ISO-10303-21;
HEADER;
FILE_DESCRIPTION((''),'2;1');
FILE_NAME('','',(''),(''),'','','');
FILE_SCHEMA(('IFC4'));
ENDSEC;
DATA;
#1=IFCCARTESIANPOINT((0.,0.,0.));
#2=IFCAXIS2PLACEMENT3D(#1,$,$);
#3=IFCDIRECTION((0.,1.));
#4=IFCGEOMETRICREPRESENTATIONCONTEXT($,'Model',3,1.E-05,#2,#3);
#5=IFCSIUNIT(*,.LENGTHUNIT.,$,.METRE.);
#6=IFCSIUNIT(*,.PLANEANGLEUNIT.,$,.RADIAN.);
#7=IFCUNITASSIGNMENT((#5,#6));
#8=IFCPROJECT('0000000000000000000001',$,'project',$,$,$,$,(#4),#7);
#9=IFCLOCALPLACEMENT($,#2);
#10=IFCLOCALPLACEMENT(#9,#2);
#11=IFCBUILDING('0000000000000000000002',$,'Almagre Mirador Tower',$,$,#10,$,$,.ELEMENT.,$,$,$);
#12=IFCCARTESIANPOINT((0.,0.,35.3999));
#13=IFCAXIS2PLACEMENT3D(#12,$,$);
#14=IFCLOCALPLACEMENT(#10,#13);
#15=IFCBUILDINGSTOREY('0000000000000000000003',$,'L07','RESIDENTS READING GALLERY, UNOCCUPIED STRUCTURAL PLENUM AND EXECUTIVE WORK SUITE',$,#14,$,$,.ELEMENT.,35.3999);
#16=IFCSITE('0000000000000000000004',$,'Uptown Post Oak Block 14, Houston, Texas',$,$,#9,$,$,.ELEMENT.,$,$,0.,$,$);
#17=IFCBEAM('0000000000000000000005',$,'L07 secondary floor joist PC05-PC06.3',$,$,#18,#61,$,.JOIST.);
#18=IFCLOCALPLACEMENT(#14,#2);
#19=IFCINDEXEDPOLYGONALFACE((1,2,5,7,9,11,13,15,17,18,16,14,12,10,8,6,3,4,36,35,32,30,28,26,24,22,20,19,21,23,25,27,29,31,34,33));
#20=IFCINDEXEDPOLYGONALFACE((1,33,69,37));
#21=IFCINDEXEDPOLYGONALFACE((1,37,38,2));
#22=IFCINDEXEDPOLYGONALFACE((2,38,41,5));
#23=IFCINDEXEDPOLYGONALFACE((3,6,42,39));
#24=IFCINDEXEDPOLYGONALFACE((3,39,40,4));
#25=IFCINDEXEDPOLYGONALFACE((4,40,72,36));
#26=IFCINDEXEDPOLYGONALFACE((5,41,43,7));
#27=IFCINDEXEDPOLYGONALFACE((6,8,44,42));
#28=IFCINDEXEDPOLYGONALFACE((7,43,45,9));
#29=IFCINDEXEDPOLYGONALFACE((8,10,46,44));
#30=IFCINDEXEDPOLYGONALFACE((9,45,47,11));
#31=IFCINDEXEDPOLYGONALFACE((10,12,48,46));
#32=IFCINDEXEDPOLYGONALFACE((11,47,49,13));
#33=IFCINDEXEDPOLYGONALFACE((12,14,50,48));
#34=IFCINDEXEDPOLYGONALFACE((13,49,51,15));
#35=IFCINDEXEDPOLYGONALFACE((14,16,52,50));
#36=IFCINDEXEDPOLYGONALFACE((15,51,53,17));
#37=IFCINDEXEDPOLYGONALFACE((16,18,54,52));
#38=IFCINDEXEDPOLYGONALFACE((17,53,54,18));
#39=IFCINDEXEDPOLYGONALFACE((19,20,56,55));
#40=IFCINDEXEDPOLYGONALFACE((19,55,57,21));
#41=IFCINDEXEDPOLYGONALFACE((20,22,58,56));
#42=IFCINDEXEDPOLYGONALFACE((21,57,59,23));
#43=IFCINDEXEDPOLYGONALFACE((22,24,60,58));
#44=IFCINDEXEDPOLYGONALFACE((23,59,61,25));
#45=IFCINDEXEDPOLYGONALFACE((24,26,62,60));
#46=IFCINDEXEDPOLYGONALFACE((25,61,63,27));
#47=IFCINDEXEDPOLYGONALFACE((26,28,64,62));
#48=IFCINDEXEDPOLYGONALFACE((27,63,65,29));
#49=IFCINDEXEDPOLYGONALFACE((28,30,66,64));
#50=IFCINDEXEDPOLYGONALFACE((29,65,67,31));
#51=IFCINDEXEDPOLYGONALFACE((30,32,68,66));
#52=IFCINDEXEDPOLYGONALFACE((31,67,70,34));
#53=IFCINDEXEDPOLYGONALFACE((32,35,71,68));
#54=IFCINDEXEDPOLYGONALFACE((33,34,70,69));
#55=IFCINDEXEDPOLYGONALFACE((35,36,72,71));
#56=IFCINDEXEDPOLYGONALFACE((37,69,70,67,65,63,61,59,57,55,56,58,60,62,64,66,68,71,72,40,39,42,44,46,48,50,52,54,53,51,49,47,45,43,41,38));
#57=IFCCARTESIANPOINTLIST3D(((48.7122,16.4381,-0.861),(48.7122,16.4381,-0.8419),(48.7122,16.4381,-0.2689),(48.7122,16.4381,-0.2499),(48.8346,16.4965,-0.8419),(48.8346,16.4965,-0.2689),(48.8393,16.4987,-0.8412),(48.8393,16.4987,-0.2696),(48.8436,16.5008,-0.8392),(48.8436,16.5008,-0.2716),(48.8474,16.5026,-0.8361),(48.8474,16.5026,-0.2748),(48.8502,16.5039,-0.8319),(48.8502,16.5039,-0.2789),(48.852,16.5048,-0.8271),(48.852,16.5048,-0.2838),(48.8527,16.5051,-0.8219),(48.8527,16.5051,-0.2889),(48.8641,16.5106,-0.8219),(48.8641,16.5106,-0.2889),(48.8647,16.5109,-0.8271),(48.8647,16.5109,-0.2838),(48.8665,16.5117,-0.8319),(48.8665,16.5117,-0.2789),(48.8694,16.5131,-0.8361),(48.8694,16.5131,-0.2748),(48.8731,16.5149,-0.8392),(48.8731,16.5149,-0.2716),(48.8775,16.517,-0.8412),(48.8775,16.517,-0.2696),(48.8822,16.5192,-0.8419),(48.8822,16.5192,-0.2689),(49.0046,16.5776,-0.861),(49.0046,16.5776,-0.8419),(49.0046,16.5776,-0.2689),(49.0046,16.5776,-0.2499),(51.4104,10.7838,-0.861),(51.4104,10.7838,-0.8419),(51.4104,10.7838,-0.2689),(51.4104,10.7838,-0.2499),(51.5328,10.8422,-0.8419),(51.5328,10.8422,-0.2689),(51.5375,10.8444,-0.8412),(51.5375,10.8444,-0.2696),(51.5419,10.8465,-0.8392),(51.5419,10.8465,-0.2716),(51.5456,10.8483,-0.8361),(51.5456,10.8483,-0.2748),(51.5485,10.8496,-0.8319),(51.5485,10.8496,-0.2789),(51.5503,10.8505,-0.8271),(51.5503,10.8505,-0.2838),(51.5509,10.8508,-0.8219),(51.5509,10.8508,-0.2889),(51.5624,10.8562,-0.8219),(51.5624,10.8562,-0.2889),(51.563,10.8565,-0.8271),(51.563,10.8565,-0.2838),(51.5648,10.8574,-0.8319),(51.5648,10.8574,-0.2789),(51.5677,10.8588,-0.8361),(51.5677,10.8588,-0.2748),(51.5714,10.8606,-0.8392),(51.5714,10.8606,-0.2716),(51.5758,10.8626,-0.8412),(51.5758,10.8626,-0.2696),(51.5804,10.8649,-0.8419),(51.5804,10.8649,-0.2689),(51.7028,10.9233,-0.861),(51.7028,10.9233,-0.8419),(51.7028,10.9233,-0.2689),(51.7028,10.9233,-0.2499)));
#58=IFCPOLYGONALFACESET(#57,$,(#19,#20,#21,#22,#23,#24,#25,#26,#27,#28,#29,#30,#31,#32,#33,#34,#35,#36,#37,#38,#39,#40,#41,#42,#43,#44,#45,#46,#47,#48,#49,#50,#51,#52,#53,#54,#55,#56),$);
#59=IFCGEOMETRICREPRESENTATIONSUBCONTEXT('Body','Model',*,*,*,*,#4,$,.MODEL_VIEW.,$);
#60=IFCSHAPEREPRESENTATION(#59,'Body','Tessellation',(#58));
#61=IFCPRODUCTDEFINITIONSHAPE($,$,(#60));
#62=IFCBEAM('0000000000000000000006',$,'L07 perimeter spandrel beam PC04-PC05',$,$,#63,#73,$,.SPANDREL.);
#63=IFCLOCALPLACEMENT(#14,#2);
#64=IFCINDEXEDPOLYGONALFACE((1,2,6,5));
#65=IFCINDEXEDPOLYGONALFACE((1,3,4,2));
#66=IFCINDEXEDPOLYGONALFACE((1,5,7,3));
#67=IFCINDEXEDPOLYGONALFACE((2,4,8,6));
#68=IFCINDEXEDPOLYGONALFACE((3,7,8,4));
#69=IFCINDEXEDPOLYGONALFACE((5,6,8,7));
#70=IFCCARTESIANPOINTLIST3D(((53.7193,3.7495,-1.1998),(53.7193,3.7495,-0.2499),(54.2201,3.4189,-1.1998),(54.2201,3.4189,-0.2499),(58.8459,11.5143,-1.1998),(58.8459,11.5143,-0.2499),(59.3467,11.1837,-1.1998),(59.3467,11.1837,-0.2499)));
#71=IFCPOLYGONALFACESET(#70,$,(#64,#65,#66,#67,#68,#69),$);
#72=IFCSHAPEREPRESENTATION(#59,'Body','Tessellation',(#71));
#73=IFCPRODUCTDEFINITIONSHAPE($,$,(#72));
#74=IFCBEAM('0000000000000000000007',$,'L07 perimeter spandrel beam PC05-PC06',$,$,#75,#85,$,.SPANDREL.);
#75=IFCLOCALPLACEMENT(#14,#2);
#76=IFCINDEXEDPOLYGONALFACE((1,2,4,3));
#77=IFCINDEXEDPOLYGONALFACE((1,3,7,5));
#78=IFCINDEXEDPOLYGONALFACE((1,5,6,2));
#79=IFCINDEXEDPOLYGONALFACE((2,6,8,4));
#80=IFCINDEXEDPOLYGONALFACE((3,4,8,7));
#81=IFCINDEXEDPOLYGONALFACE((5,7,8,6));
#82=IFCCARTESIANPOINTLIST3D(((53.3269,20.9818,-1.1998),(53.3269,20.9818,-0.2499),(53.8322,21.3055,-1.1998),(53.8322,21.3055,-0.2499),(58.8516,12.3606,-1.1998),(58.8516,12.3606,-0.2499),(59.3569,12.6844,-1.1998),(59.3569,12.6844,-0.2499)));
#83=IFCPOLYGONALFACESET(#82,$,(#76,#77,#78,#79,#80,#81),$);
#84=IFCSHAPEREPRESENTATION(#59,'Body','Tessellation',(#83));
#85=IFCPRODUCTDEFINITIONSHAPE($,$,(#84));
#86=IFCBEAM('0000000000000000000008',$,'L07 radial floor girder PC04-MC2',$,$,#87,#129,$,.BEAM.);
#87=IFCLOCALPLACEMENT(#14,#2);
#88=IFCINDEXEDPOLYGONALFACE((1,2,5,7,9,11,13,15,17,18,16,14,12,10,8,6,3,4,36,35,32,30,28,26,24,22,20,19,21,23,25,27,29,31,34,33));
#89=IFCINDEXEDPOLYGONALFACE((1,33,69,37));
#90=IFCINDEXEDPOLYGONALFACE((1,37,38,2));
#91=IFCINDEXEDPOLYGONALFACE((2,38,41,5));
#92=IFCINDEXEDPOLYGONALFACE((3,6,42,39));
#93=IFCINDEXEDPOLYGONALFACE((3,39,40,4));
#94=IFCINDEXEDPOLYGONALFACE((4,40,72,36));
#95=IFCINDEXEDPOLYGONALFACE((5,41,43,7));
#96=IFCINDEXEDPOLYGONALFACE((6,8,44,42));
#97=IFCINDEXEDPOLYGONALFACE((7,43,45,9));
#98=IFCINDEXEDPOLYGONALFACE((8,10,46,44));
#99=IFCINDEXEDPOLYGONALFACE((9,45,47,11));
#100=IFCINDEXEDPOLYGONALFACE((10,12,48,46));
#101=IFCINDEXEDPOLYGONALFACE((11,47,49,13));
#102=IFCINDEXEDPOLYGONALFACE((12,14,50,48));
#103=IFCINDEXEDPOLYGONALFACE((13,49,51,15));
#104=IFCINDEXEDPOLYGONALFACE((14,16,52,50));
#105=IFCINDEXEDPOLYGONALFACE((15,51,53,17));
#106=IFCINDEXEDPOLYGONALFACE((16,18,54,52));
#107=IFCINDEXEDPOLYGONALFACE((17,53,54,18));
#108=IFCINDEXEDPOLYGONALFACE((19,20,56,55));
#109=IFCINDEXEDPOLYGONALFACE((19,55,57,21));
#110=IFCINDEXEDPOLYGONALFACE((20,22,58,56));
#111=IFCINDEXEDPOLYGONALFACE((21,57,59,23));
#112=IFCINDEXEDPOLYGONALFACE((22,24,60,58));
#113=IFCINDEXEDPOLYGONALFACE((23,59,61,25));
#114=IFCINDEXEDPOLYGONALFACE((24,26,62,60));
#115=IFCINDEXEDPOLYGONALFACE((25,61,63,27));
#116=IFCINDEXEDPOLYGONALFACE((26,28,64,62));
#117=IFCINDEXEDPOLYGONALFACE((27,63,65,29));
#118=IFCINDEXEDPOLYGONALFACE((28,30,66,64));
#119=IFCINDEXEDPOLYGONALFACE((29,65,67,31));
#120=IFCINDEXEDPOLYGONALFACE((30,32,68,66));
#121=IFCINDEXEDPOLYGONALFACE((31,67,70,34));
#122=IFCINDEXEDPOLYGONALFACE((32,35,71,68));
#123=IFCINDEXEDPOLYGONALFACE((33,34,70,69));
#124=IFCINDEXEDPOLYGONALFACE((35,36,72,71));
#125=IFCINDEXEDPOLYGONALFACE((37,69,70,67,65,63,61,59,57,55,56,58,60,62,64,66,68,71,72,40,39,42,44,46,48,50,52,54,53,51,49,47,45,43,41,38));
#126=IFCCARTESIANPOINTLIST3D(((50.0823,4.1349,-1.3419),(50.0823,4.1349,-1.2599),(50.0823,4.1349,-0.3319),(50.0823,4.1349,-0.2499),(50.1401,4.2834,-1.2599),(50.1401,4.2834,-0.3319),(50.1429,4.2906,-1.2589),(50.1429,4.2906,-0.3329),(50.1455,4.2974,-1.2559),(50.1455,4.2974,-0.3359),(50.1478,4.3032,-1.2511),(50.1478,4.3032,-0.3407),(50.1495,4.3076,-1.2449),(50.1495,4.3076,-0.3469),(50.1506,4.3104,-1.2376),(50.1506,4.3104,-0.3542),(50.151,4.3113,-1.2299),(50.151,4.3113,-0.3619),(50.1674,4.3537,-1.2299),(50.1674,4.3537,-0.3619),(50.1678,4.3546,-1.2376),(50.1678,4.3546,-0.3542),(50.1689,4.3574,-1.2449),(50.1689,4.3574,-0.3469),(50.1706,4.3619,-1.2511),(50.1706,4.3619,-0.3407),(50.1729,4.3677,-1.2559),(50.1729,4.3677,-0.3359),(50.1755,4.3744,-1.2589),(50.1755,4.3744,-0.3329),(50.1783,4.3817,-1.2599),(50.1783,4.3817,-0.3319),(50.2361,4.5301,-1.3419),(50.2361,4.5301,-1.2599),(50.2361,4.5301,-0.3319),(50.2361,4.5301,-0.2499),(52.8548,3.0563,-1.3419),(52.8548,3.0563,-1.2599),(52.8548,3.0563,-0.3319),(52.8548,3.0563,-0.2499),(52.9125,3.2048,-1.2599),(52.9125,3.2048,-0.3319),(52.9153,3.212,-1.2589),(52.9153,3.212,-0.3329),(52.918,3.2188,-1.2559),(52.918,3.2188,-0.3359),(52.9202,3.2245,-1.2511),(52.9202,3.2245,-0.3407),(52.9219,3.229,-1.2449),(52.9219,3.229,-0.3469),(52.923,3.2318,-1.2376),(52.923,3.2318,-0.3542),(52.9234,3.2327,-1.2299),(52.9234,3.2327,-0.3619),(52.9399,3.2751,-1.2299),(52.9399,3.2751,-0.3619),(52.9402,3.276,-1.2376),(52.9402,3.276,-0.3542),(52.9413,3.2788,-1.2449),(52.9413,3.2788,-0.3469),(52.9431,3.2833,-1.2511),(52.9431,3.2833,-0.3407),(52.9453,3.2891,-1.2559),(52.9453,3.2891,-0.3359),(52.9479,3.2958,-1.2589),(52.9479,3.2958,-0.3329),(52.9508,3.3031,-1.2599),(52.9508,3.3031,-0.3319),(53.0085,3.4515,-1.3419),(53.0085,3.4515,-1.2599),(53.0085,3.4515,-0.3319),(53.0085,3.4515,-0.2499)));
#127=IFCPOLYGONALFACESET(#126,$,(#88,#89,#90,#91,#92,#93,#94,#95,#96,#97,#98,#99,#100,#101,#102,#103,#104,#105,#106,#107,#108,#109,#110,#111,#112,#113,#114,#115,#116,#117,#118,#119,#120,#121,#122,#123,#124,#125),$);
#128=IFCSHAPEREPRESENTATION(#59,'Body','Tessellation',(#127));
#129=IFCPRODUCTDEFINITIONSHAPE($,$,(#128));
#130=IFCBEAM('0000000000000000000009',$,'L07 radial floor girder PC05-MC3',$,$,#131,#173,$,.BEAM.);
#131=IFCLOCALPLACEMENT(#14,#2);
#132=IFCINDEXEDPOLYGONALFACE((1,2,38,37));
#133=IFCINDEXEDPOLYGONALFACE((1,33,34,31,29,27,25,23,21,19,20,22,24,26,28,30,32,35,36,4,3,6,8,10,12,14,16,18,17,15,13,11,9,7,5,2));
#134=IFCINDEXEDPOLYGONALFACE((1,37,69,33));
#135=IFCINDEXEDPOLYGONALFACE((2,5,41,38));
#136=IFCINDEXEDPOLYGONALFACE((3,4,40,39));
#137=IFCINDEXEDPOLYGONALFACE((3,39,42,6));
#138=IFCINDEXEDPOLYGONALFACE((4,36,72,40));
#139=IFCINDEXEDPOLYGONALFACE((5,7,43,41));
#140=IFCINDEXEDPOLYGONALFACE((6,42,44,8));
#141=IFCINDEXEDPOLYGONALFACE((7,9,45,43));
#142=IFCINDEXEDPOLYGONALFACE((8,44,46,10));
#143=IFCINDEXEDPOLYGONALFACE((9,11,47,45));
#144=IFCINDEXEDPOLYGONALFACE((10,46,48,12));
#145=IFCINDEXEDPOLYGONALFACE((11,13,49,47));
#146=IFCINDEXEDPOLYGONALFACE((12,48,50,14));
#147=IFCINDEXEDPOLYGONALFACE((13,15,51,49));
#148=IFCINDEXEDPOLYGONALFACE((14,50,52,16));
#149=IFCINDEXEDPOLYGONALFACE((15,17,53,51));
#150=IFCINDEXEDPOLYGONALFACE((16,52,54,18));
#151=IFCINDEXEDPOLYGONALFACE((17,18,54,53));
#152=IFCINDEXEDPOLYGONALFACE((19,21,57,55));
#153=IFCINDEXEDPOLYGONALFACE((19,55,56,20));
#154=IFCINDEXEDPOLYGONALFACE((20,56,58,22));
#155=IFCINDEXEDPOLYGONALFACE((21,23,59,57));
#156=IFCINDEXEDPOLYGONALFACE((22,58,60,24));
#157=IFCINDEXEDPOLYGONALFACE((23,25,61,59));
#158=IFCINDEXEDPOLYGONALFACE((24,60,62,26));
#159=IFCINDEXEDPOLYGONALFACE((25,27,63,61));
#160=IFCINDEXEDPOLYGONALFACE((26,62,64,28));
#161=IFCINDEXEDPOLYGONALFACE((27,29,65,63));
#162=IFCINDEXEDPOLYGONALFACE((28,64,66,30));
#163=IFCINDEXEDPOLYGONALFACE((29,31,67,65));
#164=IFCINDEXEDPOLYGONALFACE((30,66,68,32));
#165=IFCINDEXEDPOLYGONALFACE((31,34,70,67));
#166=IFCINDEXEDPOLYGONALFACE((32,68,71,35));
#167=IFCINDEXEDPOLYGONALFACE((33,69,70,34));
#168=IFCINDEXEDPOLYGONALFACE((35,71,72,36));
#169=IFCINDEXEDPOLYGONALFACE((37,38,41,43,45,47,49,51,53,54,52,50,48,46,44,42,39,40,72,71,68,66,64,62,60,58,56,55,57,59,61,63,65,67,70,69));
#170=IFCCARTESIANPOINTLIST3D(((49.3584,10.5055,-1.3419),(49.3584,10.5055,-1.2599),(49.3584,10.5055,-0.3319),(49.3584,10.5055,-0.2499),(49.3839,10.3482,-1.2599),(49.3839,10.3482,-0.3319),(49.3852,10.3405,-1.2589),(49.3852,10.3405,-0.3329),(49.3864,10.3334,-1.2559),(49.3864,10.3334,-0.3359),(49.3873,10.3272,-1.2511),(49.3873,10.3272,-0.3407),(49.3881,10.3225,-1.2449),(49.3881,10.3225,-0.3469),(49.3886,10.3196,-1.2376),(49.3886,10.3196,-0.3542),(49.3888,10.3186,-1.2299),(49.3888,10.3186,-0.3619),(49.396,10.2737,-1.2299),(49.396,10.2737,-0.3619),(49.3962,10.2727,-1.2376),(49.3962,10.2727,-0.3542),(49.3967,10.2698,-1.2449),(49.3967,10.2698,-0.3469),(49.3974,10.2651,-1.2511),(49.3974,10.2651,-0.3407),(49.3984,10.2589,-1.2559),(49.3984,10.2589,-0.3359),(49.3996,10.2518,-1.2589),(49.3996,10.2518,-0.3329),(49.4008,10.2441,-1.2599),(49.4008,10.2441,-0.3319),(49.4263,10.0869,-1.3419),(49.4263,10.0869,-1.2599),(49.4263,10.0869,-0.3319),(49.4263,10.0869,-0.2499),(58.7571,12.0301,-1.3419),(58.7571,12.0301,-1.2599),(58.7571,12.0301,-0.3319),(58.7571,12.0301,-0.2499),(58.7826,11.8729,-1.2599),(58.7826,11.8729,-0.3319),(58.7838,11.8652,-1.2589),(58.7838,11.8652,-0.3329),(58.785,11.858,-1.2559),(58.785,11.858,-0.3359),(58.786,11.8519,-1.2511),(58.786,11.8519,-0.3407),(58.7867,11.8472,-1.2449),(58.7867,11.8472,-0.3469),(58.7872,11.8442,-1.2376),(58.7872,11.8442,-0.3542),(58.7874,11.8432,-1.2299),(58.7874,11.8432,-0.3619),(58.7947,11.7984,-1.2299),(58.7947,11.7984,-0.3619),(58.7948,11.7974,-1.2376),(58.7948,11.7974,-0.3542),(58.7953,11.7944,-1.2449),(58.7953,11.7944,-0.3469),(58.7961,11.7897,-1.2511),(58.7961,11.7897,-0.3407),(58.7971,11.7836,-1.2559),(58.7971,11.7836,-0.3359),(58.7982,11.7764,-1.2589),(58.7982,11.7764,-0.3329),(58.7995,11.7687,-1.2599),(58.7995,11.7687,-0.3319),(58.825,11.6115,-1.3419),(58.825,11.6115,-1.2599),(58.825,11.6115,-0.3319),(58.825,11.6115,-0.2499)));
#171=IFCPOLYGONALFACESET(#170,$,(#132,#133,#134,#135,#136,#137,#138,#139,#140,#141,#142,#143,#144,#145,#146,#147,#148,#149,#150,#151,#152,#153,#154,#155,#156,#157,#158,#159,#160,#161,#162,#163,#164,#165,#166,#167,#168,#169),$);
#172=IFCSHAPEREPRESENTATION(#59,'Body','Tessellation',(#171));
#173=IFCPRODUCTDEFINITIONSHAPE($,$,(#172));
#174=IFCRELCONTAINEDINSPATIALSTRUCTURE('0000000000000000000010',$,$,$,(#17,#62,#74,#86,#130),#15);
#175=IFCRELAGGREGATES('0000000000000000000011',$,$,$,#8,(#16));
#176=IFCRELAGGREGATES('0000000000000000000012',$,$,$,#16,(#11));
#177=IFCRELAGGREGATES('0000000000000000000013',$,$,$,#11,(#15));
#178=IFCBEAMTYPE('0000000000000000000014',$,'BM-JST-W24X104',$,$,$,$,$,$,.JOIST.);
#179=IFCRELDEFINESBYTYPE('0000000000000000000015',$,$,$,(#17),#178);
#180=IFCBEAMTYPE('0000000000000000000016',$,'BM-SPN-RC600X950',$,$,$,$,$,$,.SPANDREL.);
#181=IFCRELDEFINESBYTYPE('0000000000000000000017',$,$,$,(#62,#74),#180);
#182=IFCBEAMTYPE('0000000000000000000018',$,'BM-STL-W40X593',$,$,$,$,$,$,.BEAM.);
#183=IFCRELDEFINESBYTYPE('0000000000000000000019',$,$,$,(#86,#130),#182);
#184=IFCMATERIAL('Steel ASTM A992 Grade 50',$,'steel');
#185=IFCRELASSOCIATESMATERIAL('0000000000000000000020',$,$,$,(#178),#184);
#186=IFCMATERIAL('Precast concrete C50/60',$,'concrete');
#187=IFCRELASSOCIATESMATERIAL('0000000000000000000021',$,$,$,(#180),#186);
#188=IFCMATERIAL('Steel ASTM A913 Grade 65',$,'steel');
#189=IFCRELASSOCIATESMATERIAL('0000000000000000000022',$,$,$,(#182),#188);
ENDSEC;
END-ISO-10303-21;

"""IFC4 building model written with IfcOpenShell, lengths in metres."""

from ifc_helpers import new_model, si_unit, direction, frame, origin, origin_2d, place, context, subcontext, project, spatial, rectangle, i_section, extrude, material, material_profile, profile_set, type_object, element, save


model = new_model("IFC4")

# Units and contexts
model_context = context("Model", 3, precision=1e-05, world=origin(), true_north=direction((0.0, 1.0)))
body_context = subcontext(model_context, "Body", "Model", "MODEL_VIEW")
ifc_project = project(units=[si_unit("LENGTHUNIT", "METRE"), si_unit("PLANEANGLEUNIT", "RADIAN")], contexts=[model_context])

# Site, building, storey
site_placement = place(None, origin())
site = spatial("IfcSite", under=ifc_project, at=site_placement, Name="Uptown Post Oak Block 14, Houston, Texas", CompositionType="ELEMENT", RefElevation=0.0)
building_placement = place(site_placement, origin())
building = spatial("IfcBuilding", under=site, at=building_placement, Name="Almagre Mirador Tower", CompositionType="ELEMENT")
storey_placement = place(building_placement, frame((0.0, 0.0, 35.3999)))
storey = spatial("IfcBuildingStorey", under=building, at=storey_placement, Name="L07", Description="RESIDENTS READING GALLERY, UNOCCUPIED STRUCTURAL PLENUM AND EXECUTIVE WORK SUITE", CompositionType="ELEMENT", Elevation=35.3999)

# Beams
ifc_material_1 = material(Name="Steel ASTM A992 Grade 50", Category="steel")
ifc_material_profile_1 = material_profile(ifc_material_1, i_section(OverallWidth=0.324, OverallDepth=0.6111, WebThickness=0.0127, FlangeThickness=0.019, FilletRadius=0.02, at=origin_2d()), Name="W24X104")
ifc_profile_set_1 = profile_set([ifc_material_profile_1], Name="Steel ASTM A992 Grade 50")
beam_type_1 = type_object("IfcBeamType", Name="BM-JST-W24X104", PredefinedType="JOIST", material=ifc_profile_set_1)
beam_1_placement = place(storey_placement, frame((51.5566, 10.8535, -0.5554), z_axis=(-0.430678, 0.902506, 0.0), x_axis=(-0.902506, -0.430678, 0.0)))
element("IfcBeam", 1, at=beam_1_placement, inside=storey, type_object=beam_type_1, Name="L07 secondary floor joist PC05-PC06.3", PredefinedType="JOIST", context=body_context, shape_type="SweptSolid", body=[
    extrude(i_section(OverallWidth=0.324, OverallDepth=0.6111, WebThickness=0.0127, FlangeThickness=0.019, FilletRadius=0.02, at=origin_2d()), origin(), (0.0, 0.0, 1.0), 6.2651),
])
ifc_material_2 = material(Name="Precast concrete C50/60", Category="concrete")
ifc_material_profile_2 = material_profile(ifc_material_2, rectangle(XDim=0.6001, YDim=0.95, at=origin_2d()), Name="RC600X950")
ifc_profile_set_2 = profile_set([ifc_material_profile_2], Name="Precast concrete C50/60")
beam_type_2 = type_object("IfcBeamType", Name="BM-SPN-RC600X950", PredefinedType="SPANDREL", material=ifc_profile_set_2)
beam_2_placement = place(storey_placement, frame((53.9697, 3.5842, -0.7249), z_axis=(0.550977, 0.834521, 0.0), x_axis=(-0.834521, 0.550977, 0.0)))
element("IfcBeam", 2, at=beam_2_placement, inside=storey, type_object=beam_type_2, Name="L07 perimeter spandrel beam PC04-PC05", PredefinedType="SPANDREL", context=body_context, shape_type="SweptSolid", body=[
    extrude(rectangle(XDim=0.6001, YDim=0.95, at=origin_2d()), origin(), (0.0, 0.0, 1.0), 9.3044),
])
beam_3_placement = place(storey_placement, frame((59.1042, 12.5225, -0.7249), z_axis=(-0.53955, 0.841954, 0.0), x_axis=(-0.841954, -0.53955, 0.0)))
element("IfcBeam", 3, at=beam_3_placement, inside=storey, type_object=beam_type_2, Name="L07 perimeter spandrel beam PC05-PC06", PredefinedType="SPANDREL", context=body_context, shape_type="SweptSolid", body=[
    extrude(rectangle(XDim=0.6001, YDim=0.95, at=origin_2d()), origin(), (0.0, 0.0, 1.0), 10.2395),
])
ifc_material_3 = material(Name="Steel ASTM A913 Grade 65", Category="steel")
ifc_material_profile_3 = material_profile(ifc_material_3, i_section(OverallWidth=0.4241, OverallDepth=1.092, WebThickness=0.0454, FlangeThickness=0.082, FilletRadius=0.03, at=origin_2d()), Name="W40X593")
ifc_profile_set_3 = profile_set([ifc_material_profile_3], Name="Steel ASTM A913 Grade 65")
beam_type_3 = type_object("IfcBeamType", Name="BM-STL-W40X593", PredefinedType="BEAM", material=ifc_profile_set_3)
beam_4_placement = place(storey_placement, frame((52.9316, 3.2539, -0.7959), z_axis=(-0.931955, 0.362573, 0.0), x_axis=(-0.362573, -0.931955, 0.0)))
element("IfcBeam", 4, at=beam_4_placement, inside=storey, type_object=beam_type_3, Name="L07 radial floor girder PC04-MC2", PredefinedType="BEAM", context=body_context, shape_type="SweptSolid", body=[
    extrude(i_section(OverallWidth=0.4241, OverallDepth=1.092, WebThickness=0.0454, FlangeThickness=0.082, FilletRadius=0.03, at=origin_2d()), origin(), (0.0, 0.0, 1.0), 2.9749),
])
beam_5_placement = place(storey_placement, frame((58.791, 11.8208, -0.7959), z_axis=(-0.987096, -0.160127, 0.0), x_axis=(0.160127, -0.987096, 0.0)))
element("IfcBeam", 5, at=beam_5_placement, inside=storey, type_object=beam_type_3, Name="L07 radial floor girder PC05-MC3", PredefinedType="BEAM", context=body_context, shape_type="SweptSolid", body=[
    extrude(i_section(OverallWidth=0.4241, OverallDepth=1.092, WebThickness=0.0454, FlangeThickness=0.082, FilletRadius=0.03, at=origin_2d()), origin(), (0.0, 0.0, 1.0), 9.5215),
])

save(model, "model.ifc")
